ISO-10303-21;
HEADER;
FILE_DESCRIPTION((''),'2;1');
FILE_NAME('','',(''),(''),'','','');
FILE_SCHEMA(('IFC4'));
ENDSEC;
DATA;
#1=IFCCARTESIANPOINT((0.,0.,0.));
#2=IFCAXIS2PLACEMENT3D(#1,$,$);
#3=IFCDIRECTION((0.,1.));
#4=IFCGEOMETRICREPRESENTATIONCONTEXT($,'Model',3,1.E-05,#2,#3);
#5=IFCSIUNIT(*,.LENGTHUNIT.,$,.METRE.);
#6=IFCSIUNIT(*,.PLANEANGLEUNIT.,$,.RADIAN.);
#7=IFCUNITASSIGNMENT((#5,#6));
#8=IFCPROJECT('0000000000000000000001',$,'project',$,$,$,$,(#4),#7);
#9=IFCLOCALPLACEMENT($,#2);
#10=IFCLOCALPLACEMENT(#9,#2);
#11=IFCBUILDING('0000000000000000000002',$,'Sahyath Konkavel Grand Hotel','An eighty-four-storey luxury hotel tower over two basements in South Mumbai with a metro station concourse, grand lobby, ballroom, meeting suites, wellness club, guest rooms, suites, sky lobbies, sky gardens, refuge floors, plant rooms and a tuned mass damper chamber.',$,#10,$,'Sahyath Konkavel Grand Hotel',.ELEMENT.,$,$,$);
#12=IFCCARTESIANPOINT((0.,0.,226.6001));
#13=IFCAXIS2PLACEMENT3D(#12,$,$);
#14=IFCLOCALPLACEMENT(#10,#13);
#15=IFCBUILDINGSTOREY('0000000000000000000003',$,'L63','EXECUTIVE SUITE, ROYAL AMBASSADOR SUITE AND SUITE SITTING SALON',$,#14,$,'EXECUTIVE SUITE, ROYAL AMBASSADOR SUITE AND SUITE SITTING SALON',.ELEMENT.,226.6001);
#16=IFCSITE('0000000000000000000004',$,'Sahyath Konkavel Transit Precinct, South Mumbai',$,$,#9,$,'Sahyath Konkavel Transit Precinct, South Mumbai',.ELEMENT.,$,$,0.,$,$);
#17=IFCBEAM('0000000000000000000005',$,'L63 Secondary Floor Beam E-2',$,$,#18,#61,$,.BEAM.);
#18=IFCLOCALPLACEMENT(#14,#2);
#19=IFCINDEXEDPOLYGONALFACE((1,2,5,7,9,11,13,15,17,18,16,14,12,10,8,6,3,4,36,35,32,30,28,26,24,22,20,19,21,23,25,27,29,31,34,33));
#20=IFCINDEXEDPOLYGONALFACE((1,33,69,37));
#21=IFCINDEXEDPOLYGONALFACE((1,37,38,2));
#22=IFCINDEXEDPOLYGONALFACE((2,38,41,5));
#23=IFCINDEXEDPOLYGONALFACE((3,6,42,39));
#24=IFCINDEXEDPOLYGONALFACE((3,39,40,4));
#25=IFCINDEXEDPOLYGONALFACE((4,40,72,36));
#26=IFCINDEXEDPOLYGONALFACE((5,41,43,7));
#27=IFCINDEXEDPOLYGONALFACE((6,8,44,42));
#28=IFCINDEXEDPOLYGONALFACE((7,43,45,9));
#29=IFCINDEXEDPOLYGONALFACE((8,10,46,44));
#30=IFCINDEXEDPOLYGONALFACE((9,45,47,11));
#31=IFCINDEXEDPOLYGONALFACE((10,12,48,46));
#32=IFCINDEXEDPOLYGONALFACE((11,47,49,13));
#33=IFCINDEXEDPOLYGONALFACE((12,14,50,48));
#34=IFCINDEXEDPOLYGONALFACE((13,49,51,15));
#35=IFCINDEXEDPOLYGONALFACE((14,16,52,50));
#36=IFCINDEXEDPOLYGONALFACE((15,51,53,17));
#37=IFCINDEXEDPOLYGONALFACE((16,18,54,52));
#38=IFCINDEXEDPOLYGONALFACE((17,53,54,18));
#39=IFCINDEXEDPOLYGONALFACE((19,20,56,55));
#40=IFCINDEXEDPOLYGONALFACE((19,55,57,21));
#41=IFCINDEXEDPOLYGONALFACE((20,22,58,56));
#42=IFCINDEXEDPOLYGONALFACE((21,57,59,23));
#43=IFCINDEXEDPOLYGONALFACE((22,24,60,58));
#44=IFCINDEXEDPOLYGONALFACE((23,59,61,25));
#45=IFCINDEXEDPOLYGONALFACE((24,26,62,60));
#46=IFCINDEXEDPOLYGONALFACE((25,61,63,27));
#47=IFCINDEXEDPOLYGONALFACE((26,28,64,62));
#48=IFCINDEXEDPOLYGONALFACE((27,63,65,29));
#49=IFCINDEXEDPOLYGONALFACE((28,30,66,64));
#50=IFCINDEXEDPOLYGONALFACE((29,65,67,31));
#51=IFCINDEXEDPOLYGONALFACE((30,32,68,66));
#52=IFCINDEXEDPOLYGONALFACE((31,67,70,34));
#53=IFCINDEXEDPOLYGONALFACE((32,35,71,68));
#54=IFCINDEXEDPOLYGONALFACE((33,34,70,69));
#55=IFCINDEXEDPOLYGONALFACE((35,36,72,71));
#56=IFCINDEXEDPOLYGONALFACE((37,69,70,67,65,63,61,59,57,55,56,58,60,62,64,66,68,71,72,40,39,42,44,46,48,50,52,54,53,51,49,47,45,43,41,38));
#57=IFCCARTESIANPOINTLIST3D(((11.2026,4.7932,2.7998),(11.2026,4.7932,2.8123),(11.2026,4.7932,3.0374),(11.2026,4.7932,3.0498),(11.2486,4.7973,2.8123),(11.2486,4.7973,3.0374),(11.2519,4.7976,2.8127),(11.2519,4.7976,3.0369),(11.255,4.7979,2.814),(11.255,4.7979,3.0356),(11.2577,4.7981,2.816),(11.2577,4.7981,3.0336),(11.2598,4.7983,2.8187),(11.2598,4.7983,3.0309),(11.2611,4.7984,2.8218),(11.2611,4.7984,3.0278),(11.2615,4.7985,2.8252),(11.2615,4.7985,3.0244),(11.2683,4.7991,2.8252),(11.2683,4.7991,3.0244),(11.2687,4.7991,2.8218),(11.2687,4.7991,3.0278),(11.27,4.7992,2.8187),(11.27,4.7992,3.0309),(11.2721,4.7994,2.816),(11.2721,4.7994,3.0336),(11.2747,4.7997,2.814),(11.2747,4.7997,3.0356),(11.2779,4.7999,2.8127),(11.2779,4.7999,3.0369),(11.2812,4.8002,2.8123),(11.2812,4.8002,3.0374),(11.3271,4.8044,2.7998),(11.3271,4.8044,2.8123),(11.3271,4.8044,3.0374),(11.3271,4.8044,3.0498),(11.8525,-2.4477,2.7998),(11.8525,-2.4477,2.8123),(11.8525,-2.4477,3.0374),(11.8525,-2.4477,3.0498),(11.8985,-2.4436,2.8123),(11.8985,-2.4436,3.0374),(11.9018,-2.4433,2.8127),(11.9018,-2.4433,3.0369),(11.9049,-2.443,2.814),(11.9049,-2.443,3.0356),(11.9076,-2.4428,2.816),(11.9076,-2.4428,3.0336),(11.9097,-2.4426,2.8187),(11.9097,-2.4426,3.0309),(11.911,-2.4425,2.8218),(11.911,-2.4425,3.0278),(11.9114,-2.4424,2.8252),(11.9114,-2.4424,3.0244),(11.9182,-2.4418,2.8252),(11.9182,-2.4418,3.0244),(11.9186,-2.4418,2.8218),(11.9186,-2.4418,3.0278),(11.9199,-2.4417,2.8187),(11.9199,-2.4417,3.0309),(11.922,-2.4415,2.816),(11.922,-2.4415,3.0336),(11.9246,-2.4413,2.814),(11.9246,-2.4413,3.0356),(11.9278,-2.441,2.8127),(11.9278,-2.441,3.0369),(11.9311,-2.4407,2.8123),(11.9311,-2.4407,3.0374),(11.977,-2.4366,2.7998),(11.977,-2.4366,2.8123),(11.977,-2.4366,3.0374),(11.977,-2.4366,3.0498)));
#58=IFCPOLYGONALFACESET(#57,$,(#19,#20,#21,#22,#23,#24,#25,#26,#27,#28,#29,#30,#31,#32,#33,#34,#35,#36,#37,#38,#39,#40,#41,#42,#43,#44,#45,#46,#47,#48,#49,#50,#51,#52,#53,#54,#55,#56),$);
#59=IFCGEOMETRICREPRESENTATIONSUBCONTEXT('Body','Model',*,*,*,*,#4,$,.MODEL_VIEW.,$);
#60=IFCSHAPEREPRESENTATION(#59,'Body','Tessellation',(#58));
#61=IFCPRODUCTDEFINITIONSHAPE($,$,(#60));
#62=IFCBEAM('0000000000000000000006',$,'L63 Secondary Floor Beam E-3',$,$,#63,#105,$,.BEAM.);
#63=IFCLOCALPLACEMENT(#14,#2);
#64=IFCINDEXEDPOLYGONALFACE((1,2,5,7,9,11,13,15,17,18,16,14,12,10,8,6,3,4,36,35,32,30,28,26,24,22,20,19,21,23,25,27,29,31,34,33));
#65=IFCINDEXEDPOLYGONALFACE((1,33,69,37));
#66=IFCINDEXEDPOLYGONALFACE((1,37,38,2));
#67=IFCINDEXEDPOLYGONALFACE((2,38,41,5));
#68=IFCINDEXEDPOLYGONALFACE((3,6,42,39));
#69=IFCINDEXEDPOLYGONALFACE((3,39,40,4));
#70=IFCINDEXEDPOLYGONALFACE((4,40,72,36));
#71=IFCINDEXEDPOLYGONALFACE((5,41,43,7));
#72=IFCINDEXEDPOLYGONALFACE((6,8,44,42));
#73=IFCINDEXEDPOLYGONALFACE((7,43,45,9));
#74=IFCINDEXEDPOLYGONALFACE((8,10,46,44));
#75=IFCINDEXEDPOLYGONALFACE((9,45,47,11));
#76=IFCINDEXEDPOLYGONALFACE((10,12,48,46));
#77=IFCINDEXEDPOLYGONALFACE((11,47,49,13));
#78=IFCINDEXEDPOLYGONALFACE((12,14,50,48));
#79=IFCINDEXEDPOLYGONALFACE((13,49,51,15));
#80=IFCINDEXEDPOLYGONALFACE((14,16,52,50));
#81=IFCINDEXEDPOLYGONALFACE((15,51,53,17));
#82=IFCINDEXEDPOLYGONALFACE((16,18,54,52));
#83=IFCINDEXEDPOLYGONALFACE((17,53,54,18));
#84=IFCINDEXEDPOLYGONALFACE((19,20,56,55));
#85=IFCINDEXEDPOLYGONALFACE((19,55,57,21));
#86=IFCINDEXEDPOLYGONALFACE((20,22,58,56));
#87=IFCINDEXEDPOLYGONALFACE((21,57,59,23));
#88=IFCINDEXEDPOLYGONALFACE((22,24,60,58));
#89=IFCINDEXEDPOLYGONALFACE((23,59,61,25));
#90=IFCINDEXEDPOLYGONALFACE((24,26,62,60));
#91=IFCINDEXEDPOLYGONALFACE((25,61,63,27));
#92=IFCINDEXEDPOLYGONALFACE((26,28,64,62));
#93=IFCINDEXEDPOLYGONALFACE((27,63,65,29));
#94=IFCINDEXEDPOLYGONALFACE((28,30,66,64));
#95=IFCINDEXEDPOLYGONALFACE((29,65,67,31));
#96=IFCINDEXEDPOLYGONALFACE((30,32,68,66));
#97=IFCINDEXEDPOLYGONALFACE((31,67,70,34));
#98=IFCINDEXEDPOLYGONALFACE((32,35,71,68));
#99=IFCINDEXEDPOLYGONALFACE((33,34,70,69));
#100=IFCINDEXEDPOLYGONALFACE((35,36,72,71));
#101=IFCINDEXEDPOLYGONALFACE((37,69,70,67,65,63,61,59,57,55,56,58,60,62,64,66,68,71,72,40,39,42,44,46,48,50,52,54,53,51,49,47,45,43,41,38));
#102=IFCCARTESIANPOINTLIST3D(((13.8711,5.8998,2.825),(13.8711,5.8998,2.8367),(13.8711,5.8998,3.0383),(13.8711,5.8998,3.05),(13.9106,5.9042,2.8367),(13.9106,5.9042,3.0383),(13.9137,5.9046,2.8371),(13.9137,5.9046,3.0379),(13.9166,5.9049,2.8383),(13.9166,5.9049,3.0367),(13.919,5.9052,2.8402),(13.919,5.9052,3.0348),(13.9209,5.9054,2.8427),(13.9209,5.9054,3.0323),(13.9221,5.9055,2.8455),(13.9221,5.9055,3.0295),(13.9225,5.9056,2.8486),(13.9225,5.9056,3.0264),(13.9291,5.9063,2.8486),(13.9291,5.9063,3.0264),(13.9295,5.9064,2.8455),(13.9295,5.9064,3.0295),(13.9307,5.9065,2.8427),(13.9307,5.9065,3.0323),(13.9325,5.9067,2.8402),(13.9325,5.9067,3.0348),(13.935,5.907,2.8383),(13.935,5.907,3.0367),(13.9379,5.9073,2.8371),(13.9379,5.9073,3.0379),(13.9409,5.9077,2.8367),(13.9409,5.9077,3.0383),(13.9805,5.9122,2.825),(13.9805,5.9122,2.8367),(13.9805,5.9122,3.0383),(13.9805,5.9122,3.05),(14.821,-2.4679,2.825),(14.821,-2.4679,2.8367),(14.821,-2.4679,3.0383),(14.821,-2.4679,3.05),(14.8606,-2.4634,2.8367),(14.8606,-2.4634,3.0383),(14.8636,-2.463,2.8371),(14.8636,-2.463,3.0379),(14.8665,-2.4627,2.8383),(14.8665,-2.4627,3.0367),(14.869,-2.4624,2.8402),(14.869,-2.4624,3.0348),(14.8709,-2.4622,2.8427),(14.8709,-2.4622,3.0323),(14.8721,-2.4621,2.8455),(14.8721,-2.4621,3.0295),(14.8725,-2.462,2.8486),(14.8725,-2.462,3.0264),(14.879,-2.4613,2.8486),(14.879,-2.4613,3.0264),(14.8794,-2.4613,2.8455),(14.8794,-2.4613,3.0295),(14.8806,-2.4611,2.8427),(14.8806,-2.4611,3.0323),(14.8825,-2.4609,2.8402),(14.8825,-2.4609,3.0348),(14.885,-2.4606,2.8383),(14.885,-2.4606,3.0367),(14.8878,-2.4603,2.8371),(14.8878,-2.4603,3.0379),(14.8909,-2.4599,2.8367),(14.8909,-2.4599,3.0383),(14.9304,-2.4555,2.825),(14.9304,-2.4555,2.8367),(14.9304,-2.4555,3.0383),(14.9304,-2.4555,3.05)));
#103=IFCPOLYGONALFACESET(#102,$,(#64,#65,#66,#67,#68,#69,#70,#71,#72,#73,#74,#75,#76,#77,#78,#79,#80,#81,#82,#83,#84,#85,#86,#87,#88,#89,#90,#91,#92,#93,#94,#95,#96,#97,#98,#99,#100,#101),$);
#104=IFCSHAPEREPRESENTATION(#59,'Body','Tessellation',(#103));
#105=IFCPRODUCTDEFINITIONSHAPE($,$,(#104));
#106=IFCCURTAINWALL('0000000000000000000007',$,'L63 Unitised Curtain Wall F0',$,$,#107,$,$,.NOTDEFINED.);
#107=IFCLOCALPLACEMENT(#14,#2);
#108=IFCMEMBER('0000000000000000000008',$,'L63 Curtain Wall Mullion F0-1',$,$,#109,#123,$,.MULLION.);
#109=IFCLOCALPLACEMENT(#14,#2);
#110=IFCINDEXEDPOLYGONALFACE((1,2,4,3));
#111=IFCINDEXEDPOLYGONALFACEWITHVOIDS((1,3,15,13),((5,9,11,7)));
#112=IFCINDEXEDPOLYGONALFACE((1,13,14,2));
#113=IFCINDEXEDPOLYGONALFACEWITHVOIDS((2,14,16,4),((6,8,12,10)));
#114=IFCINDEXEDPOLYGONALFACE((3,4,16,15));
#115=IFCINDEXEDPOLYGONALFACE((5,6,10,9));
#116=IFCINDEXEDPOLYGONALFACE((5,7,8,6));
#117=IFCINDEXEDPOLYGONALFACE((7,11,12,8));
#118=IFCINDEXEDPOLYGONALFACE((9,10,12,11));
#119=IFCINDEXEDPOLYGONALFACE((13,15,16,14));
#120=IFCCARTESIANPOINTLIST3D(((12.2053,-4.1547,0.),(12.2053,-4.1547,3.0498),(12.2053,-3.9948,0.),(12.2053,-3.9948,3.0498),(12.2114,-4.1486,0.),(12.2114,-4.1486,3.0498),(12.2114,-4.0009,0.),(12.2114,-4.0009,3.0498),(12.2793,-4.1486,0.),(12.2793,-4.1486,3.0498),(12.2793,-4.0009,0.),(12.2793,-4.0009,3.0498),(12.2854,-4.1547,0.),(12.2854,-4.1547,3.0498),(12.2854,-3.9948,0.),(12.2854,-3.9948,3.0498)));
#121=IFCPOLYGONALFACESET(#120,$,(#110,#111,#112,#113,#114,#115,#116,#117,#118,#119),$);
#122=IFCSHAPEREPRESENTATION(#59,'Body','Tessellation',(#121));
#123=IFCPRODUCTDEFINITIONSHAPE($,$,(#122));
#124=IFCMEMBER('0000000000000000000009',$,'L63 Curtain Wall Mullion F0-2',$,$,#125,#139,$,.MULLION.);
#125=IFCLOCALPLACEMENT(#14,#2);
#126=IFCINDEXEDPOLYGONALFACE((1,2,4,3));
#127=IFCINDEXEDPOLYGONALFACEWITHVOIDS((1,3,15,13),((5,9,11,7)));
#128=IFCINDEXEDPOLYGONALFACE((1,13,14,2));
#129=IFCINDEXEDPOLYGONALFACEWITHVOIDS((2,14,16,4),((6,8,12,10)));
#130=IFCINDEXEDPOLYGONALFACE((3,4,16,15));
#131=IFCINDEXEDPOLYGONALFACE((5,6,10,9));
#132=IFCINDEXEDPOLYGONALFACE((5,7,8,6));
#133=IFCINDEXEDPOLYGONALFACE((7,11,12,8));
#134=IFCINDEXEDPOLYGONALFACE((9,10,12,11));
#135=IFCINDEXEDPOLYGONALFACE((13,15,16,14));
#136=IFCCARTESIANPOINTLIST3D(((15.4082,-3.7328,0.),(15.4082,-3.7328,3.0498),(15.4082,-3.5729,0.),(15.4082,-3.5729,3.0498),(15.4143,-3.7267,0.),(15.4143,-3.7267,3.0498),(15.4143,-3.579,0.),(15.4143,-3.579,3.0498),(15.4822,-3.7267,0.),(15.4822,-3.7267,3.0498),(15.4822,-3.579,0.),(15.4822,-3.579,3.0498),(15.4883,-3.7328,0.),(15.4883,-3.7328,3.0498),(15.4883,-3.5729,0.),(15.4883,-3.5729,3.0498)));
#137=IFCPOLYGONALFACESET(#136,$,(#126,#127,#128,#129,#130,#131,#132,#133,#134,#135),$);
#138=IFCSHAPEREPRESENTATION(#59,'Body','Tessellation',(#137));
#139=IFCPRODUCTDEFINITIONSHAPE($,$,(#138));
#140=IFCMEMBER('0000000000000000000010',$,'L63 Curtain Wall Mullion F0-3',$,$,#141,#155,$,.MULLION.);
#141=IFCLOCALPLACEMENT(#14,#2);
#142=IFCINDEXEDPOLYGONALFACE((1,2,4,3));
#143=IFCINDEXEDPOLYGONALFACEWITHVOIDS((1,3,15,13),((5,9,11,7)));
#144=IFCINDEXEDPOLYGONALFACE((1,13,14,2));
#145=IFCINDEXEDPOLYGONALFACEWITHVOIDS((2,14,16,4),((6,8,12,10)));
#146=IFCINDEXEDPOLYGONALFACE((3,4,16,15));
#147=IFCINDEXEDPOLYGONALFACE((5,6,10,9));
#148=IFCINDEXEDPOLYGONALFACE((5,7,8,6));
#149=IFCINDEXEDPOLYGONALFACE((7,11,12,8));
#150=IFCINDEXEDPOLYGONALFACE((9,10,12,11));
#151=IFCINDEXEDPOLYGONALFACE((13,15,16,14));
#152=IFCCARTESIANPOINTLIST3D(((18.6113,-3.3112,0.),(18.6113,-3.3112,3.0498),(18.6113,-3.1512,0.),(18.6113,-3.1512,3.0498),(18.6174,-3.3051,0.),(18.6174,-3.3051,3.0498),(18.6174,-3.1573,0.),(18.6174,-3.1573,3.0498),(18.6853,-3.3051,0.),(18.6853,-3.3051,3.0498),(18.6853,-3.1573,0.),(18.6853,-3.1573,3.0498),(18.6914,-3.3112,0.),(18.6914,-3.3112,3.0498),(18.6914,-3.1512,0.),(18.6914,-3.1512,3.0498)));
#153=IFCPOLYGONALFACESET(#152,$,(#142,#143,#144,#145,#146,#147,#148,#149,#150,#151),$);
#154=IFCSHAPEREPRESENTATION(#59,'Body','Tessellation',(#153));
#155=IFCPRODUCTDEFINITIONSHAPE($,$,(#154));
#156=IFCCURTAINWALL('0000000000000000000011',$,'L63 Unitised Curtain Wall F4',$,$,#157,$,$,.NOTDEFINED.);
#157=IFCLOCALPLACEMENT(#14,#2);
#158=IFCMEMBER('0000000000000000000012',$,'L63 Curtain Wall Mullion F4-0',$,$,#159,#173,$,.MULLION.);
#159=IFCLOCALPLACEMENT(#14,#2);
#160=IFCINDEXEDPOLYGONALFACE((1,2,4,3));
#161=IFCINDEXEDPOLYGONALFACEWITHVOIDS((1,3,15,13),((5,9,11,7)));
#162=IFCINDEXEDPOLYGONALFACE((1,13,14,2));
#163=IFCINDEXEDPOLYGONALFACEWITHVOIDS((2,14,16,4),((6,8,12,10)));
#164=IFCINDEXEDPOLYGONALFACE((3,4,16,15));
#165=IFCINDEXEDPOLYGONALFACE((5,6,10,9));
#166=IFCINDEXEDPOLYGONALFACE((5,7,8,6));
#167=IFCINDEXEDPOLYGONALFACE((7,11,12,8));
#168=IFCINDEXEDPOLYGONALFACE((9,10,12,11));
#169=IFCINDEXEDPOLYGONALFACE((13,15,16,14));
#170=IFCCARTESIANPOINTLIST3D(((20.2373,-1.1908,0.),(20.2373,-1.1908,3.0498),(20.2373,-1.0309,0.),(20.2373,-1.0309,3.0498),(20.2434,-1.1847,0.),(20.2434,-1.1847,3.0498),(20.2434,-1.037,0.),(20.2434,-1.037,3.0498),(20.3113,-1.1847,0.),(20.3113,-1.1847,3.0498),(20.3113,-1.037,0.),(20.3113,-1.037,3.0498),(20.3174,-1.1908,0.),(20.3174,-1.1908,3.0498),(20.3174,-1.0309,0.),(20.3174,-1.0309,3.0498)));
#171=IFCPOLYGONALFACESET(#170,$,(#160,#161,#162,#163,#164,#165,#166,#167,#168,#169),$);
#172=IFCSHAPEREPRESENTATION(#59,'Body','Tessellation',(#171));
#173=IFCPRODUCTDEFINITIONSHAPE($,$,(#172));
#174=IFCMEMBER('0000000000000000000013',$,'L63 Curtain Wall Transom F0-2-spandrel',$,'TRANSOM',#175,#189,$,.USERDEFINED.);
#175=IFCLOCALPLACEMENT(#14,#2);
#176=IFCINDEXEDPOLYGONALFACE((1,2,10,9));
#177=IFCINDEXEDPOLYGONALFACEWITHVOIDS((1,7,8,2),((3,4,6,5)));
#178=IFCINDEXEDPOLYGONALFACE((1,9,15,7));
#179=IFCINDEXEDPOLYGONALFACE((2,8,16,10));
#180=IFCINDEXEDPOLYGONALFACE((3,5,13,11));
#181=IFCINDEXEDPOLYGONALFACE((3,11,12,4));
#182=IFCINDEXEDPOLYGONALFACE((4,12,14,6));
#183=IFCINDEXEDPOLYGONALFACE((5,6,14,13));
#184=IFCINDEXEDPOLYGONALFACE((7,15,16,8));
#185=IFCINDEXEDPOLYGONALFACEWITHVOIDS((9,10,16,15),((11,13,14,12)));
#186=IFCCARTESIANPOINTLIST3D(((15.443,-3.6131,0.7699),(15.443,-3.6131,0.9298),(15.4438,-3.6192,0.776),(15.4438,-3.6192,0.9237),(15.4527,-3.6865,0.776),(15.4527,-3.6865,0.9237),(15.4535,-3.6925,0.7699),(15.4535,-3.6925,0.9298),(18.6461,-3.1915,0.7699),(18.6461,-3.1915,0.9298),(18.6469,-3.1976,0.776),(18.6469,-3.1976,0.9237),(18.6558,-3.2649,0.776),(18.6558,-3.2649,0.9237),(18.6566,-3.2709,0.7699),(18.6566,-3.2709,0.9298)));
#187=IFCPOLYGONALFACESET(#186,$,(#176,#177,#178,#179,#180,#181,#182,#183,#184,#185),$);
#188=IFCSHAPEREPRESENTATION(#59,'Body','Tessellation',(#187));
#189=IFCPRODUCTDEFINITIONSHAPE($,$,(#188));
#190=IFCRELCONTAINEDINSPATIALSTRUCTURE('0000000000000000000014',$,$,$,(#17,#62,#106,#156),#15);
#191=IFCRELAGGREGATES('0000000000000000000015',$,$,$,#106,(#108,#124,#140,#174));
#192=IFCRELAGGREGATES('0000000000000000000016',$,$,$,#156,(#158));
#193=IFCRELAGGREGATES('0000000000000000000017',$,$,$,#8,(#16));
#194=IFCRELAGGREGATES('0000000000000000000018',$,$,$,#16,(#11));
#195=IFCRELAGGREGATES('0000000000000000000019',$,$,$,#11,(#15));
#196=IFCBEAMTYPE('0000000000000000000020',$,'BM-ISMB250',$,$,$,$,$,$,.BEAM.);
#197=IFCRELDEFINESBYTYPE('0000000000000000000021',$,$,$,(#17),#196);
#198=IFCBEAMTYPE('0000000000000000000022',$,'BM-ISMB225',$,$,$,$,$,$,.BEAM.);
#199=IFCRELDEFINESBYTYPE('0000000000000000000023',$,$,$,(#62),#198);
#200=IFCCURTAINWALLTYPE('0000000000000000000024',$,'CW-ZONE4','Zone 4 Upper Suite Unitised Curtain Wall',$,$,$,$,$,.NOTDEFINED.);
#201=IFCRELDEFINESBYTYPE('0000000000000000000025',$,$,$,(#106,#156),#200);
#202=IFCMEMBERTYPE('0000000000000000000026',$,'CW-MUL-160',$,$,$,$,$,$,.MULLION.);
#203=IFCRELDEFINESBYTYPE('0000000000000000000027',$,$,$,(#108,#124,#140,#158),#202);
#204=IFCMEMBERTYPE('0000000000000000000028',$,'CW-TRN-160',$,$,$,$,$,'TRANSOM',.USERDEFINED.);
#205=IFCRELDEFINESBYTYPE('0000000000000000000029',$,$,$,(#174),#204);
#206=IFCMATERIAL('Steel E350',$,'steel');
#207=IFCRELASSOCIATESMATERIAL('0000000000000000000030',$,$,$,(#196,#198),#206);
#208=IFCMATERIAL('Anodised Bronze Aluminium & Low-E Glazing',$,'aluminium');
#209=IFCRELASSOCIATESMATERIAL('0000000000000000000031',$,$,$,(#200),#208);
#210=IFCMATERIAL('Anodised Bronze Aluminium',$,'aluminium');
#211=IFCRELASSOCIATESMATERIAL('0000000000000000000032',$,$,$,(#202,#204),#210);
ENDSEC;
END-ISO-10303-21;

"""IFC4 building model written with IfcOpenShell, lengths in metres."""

from ifc_helpers import new_model, si_unit, direction, frame, origin, origin_2d, place, context, subcontext, project, spatial, hollow_rectangle, i_section, extrude, source, transform, mapped, material, material_profile, profile_set, type_object, element, aggregate, save


model = new_model("IFC4")

# Units and contexts
model_context = context("Model", 3, precision=1e-05, world=origin(), true_north=direction((0.0, 1.0)))
body_context = subcontext(model_context, "Body", "Model", "MODEL_VIEW")
ifc_project = project(units=[si_unit("LENGTHUNIT", "METRE"), si_unit("PLANEANGLEUNIT", "RADIAN")], contexts=[model_context])

# Site, building, storey
site_placement = place(None, origin())
site = spatial("IfcSite", under=ifc_project, at=site_placement, Name="Sahyath Konkavel Transit Precinct, South Mumbai", LongName="Sahyath Konkavel Transit Precinct, South Mumbai", CompositionType="ELEMENT", RefElevation=0.0)
building_placement = place(site_placement, origin())
building = spatial("IfcBuilding", under=site, at=building_placement, Name="Sahyath Konkavel Grand Hotel", Description="An eighty-four-storey luxury hotel tower over two basements in South Mumbai with a metro station concourse, grand lobby, ballroom, meeting suites, wellness club, guest rooms, suites, sky lobbies, sky gardens, refuge floors, plant rooms and a tuned mass damper chamber.", LongName="Sahyath Konkavel Grand Hotel", CompositionType="ELEMENT")
storey_placement = place(building_placement, frame((0.0, 0.0, 226.6001)))
storey = spatial("IfcBuildingStorey", under=building, at=storey_placement, Name="L63", Description="EXECUTIVE SUITE, ROYAL AMBASSADOR SUITE AND SUITE SITTING SALON", LongName="EXECUTIVE SUITE, ROYAL AMBASSADOR SUITE AND SUITE SITTING SALON", CompositionType="ELEMENT", Elevation=226.6001)

# Beams
ifc_material_1 = material(Name="Steel E350", Category="steel")
ifc_material_profile_1 = material_profile(ifc_material_1, i_section(OverallWidth=0.125, OverallDepth=0.25, WebThickness=0.0068, FlangeThickness=0.0125, FilletRadius=0.0129, at=origin_2d()), Name="ISMB 250")
ifc_profile_set_1 = profile_set([ifc_material_profile_1], Name="Steel E350")
beam_type_1 = type_object("IfcBeamType", Name="BM-ISMB250", PredefinedType="BEAM", material=ifc_profile_set_1)
shared_shape_1 = source(origin(), body_context, "Body", "SweptSolid", [
    extrude(i_section(OverallWidth=0.125, OverallDepth=0.25, WebThickness=0.0068, FlangeThickness=0.0125, FilletRadius=0.0129, at=origin_2d()), origin(), (0.0, 0.0, 1.0), 7.27),
])
beam_1_placement = place(storey_placement, frame((11.9148, -2.4421, 2.9248), z_axis=(-0.089394, 0.995996, 0.0), x_axis=(-0.995996, -0.089394, 0.0)))
element("IfcBeam", 1, at=beam_1_placement, inside=storey, type_object=beam_type_1, Name="L63 Secondary Floor Beam E-2", PredefinedType="BEAM", context=body_context, shape_type="MappedRepresentation", body=[
    mapped(shared_shape_1, transform((0.0, 0.0, 0.0), scale=1.0)),
])
ifc_material_profile_2 = material_profile(ifc_material_1, i_section(OverallWidth=0.1101, OverallDepth=0.2251, WebThickness=0.0066, FlangeThickness=0.0117, FilletRadius=0.012, at=origin_2d()), Name="ISMB 225")
ifc_profile_set_2 = profile_set([ifc_material_profile_2], Name="Steel E350")
beam_type_2 = type_object("IfcBeamType", Name="BM-ISMB225", PredefinedType="BEAM", material=ifc_profile_set_2)
shared_shape_2 = source(origin(), body_context, "Body", "SweptSolid", [
    extrude(i_section(OverallWidth=0.1101, OverallDepth=0.2251, WebThickness=0.0066, FlangeThickness=0.0117, FilletRadius=0.012, at=origin_2d()), origin(), (0.0, 0.0, 1.0), 8.4214),
])
beam_2_placement = place(storey_placement, frame((14.8757, -2.4617, 2.9375), z_axis=(-0.112802, 0.993618, 0.0), x_axis=(-0.993618, -0.112802, 0.0)))
element("IfcBeam", 2, at=beam_2_placement, inside=storey, type_object=beam_type_2, Name="L63 Secondary Floor Beam E-3", PredefinedType="BEAM", context=body_context, shape_type="MappedRepresentation", body=[
    mapped(shared_shape_2, transform((0.0, 0.0, 0.0), scale=1.0)),
])

# Curtain wall, members
ifc_material_2 = material(Name="Anodised Bronze Aluminium & Low-E Glazing", Category="aluminium")
curtain_wall_type = type_object("IfcCurtainWallType", Name="CW-ZONE4", Description="Zone 4 Upper Suite Unitised Curtain Wall", PredefinedType="NOTDEFINED", material=ifc_material_2)
curtain_wall_1_placement = place(storey_placement, origin())
curtain_wall_1 = element("IfcCurtainWall", 3, at=curtain_wall_1_placement, inside=storey, type_object=curtain_wall_type, Name="L63 Unitised Curtain Wall F0", PredefinedType="NOTDEFINED")
ifc_material_3 = material(Name="Anodised Bronze Aluminium", Category="aluminium")
ifc_material_profile_3 = material_profile(ifc_material_3, hollow_rectangle(XDim=0.0801, YDim=0.1599, WallThickness=0.0061, at=origin_2d()), Name="RHS 160x80x6")
ifc_profile_set_3 = profile_set([ifc_material_profile_3], Name="Anodised Bronze Aluminium")
member_type_1 = type_object("IfcMemberType", Name="CW-MUL-160", PredefinedType="MULLION", material=ifc_profile_set_3)
shared_shape_3 = source(origin(), body_context, "Body", "SweptSolid", [
    extrude(hollow_rectangle(XDim=0.0801, YDim=0.1599, WallThickness=0.0061, at=origin_2d()), origin(), (0.0, 0.0, 1.0), 3.0498),
])
member_1_placement = place(storey_placement, frame((12.2454, -4.0747, 0.0), z_axis=(0.0, 0.0, 1.0), x_axis=(1.0, 0.0, 0.0)))
member_1 = element("IfcMember", 4, at=member_1_placement, type_object=member_type_1, Name="L63 Curtain Wall Mullion F0-1", PredefinedType="MULLION", context=body_context, shape_type="MappedRepresentation", body=[
    mapped(shared_shape_3, transform((0.0, 0.0, 0.0), scale=1.0)),
])
member_2_placement = place(storey_placement, frame((15.4482, -3.6528, 0.0), z_axis=(0.0, 0.0, 1.0), x_axis=(1.0, 0.0, 0.0)))
member_2 = element("IfcMember", 5, at=member_2_placement, type_object=member_type_1, Name="L63 Curtain Wall Mullion F0-2", PredefinedType="MULLION", context=body_context, shape_type="MappedRepresentation", body=[
    mapped(shared_shape_3, transform((0.0, 0.0, 0.0), scale=1.0)),
])
member_3_placement = place(storey_placement, frame((18.6514, -3.2312, 0.0), z_axis=(0.0, 0.0, 1.0), x_axis=(1.0, 0.0, 0.0)))
member_3 = element("IfcMember", 6, at=member_3_placement, type_object=member_type_1, Name="L63 Curtain Wall Mullion F0-3", PredefinedType="MULLION", context=body_context, shape_type="MappedRepresentation", body=[
    mapped(shared_shape_3, transform((0.0, 0.0, 0.0), scale=1.0)),
])

# Curtain wall, member
curtain_wall_2_placement = place(storey_placement, origin())
curtain_wall_2 = element("IfcCurtainWall", 7, at=curtain_wall_2_placement, inside=storey, type_object=curtain_wall_type, Name="L63 Unitised Curtain Wall F4", PredefinedType="NOTDEFINED")
member_4_placement = place(storey_placement, frame((20.2773, -1.1108, 0.0), z_axis=(0.0, 0.0, 1.0), x_axis=(1.0, 0.0, 0.0)))
member_4 = element("IfcMember", 8, at=member_4_placement, type_object=member_type_1, Name="L63 Curtain Wall Mullion F4-0", PredefinedType="MULLION", context=body_context, shape_type="MappedRepresentation", body=[
    mapped(shared_shape_3, transform((0.0, 0.0, 0.0), scale=1.0)),
])

# Member
ifc_material_profile_4 = material_profile(ifc_material_3, hollow_rectangle(XDim=0.0801, YDim=0.1599, WallThickness=0.0061, at=origin_2d()), Name="RHS 160x80x6")
ifc_profile_set_4 = profile_set([ifc_material_profile_4], Name="Anodised Bronze Aluminium")
member_type_2 = type_object("IfcMemberType", Name="CW-TRN-160", ElementType="TRANSOM", PredefinedType="USERDEFINED", material=ifc_profile_set_4)
shared_shape_4 = source(origin(), body_context, "Body", "SweptSolid", [
    extrude(hollow_rectangle(XDim=0.0801, YDim=0.1599, WallThickness=0.0061, at=origin_2d()), origin(), (0.0, 0.0, 1.0), 3.2307),
])
member_5_placement = place(storey_placement, frame((15.4482, -3.6528, 0.8499), z_axis=(0.991448, 0.130505, 0.0), x_axis=(-0.130505, 0.991448, 0.0)))
member_5 = element("IfcMember", 9, at=member_5_placement, type_object=member_type_2, Name="L63 Curtain Wall Transom F0-2-spandrel", ObjectType="TRANSOM", PredefinedType="USERDEFINED", context=body_context, shape_type="MappedRepresentation", body=[
    mapped(shared_shape_4, transform((0.0, 0.0, 0.0), scale=1.0)),
])

aggregate(curtain_wall_1, [member_1, member_2, member_3, member_5])
aggregate(curtain_wall_2, [member_4])

save(model, "model.ifc")
